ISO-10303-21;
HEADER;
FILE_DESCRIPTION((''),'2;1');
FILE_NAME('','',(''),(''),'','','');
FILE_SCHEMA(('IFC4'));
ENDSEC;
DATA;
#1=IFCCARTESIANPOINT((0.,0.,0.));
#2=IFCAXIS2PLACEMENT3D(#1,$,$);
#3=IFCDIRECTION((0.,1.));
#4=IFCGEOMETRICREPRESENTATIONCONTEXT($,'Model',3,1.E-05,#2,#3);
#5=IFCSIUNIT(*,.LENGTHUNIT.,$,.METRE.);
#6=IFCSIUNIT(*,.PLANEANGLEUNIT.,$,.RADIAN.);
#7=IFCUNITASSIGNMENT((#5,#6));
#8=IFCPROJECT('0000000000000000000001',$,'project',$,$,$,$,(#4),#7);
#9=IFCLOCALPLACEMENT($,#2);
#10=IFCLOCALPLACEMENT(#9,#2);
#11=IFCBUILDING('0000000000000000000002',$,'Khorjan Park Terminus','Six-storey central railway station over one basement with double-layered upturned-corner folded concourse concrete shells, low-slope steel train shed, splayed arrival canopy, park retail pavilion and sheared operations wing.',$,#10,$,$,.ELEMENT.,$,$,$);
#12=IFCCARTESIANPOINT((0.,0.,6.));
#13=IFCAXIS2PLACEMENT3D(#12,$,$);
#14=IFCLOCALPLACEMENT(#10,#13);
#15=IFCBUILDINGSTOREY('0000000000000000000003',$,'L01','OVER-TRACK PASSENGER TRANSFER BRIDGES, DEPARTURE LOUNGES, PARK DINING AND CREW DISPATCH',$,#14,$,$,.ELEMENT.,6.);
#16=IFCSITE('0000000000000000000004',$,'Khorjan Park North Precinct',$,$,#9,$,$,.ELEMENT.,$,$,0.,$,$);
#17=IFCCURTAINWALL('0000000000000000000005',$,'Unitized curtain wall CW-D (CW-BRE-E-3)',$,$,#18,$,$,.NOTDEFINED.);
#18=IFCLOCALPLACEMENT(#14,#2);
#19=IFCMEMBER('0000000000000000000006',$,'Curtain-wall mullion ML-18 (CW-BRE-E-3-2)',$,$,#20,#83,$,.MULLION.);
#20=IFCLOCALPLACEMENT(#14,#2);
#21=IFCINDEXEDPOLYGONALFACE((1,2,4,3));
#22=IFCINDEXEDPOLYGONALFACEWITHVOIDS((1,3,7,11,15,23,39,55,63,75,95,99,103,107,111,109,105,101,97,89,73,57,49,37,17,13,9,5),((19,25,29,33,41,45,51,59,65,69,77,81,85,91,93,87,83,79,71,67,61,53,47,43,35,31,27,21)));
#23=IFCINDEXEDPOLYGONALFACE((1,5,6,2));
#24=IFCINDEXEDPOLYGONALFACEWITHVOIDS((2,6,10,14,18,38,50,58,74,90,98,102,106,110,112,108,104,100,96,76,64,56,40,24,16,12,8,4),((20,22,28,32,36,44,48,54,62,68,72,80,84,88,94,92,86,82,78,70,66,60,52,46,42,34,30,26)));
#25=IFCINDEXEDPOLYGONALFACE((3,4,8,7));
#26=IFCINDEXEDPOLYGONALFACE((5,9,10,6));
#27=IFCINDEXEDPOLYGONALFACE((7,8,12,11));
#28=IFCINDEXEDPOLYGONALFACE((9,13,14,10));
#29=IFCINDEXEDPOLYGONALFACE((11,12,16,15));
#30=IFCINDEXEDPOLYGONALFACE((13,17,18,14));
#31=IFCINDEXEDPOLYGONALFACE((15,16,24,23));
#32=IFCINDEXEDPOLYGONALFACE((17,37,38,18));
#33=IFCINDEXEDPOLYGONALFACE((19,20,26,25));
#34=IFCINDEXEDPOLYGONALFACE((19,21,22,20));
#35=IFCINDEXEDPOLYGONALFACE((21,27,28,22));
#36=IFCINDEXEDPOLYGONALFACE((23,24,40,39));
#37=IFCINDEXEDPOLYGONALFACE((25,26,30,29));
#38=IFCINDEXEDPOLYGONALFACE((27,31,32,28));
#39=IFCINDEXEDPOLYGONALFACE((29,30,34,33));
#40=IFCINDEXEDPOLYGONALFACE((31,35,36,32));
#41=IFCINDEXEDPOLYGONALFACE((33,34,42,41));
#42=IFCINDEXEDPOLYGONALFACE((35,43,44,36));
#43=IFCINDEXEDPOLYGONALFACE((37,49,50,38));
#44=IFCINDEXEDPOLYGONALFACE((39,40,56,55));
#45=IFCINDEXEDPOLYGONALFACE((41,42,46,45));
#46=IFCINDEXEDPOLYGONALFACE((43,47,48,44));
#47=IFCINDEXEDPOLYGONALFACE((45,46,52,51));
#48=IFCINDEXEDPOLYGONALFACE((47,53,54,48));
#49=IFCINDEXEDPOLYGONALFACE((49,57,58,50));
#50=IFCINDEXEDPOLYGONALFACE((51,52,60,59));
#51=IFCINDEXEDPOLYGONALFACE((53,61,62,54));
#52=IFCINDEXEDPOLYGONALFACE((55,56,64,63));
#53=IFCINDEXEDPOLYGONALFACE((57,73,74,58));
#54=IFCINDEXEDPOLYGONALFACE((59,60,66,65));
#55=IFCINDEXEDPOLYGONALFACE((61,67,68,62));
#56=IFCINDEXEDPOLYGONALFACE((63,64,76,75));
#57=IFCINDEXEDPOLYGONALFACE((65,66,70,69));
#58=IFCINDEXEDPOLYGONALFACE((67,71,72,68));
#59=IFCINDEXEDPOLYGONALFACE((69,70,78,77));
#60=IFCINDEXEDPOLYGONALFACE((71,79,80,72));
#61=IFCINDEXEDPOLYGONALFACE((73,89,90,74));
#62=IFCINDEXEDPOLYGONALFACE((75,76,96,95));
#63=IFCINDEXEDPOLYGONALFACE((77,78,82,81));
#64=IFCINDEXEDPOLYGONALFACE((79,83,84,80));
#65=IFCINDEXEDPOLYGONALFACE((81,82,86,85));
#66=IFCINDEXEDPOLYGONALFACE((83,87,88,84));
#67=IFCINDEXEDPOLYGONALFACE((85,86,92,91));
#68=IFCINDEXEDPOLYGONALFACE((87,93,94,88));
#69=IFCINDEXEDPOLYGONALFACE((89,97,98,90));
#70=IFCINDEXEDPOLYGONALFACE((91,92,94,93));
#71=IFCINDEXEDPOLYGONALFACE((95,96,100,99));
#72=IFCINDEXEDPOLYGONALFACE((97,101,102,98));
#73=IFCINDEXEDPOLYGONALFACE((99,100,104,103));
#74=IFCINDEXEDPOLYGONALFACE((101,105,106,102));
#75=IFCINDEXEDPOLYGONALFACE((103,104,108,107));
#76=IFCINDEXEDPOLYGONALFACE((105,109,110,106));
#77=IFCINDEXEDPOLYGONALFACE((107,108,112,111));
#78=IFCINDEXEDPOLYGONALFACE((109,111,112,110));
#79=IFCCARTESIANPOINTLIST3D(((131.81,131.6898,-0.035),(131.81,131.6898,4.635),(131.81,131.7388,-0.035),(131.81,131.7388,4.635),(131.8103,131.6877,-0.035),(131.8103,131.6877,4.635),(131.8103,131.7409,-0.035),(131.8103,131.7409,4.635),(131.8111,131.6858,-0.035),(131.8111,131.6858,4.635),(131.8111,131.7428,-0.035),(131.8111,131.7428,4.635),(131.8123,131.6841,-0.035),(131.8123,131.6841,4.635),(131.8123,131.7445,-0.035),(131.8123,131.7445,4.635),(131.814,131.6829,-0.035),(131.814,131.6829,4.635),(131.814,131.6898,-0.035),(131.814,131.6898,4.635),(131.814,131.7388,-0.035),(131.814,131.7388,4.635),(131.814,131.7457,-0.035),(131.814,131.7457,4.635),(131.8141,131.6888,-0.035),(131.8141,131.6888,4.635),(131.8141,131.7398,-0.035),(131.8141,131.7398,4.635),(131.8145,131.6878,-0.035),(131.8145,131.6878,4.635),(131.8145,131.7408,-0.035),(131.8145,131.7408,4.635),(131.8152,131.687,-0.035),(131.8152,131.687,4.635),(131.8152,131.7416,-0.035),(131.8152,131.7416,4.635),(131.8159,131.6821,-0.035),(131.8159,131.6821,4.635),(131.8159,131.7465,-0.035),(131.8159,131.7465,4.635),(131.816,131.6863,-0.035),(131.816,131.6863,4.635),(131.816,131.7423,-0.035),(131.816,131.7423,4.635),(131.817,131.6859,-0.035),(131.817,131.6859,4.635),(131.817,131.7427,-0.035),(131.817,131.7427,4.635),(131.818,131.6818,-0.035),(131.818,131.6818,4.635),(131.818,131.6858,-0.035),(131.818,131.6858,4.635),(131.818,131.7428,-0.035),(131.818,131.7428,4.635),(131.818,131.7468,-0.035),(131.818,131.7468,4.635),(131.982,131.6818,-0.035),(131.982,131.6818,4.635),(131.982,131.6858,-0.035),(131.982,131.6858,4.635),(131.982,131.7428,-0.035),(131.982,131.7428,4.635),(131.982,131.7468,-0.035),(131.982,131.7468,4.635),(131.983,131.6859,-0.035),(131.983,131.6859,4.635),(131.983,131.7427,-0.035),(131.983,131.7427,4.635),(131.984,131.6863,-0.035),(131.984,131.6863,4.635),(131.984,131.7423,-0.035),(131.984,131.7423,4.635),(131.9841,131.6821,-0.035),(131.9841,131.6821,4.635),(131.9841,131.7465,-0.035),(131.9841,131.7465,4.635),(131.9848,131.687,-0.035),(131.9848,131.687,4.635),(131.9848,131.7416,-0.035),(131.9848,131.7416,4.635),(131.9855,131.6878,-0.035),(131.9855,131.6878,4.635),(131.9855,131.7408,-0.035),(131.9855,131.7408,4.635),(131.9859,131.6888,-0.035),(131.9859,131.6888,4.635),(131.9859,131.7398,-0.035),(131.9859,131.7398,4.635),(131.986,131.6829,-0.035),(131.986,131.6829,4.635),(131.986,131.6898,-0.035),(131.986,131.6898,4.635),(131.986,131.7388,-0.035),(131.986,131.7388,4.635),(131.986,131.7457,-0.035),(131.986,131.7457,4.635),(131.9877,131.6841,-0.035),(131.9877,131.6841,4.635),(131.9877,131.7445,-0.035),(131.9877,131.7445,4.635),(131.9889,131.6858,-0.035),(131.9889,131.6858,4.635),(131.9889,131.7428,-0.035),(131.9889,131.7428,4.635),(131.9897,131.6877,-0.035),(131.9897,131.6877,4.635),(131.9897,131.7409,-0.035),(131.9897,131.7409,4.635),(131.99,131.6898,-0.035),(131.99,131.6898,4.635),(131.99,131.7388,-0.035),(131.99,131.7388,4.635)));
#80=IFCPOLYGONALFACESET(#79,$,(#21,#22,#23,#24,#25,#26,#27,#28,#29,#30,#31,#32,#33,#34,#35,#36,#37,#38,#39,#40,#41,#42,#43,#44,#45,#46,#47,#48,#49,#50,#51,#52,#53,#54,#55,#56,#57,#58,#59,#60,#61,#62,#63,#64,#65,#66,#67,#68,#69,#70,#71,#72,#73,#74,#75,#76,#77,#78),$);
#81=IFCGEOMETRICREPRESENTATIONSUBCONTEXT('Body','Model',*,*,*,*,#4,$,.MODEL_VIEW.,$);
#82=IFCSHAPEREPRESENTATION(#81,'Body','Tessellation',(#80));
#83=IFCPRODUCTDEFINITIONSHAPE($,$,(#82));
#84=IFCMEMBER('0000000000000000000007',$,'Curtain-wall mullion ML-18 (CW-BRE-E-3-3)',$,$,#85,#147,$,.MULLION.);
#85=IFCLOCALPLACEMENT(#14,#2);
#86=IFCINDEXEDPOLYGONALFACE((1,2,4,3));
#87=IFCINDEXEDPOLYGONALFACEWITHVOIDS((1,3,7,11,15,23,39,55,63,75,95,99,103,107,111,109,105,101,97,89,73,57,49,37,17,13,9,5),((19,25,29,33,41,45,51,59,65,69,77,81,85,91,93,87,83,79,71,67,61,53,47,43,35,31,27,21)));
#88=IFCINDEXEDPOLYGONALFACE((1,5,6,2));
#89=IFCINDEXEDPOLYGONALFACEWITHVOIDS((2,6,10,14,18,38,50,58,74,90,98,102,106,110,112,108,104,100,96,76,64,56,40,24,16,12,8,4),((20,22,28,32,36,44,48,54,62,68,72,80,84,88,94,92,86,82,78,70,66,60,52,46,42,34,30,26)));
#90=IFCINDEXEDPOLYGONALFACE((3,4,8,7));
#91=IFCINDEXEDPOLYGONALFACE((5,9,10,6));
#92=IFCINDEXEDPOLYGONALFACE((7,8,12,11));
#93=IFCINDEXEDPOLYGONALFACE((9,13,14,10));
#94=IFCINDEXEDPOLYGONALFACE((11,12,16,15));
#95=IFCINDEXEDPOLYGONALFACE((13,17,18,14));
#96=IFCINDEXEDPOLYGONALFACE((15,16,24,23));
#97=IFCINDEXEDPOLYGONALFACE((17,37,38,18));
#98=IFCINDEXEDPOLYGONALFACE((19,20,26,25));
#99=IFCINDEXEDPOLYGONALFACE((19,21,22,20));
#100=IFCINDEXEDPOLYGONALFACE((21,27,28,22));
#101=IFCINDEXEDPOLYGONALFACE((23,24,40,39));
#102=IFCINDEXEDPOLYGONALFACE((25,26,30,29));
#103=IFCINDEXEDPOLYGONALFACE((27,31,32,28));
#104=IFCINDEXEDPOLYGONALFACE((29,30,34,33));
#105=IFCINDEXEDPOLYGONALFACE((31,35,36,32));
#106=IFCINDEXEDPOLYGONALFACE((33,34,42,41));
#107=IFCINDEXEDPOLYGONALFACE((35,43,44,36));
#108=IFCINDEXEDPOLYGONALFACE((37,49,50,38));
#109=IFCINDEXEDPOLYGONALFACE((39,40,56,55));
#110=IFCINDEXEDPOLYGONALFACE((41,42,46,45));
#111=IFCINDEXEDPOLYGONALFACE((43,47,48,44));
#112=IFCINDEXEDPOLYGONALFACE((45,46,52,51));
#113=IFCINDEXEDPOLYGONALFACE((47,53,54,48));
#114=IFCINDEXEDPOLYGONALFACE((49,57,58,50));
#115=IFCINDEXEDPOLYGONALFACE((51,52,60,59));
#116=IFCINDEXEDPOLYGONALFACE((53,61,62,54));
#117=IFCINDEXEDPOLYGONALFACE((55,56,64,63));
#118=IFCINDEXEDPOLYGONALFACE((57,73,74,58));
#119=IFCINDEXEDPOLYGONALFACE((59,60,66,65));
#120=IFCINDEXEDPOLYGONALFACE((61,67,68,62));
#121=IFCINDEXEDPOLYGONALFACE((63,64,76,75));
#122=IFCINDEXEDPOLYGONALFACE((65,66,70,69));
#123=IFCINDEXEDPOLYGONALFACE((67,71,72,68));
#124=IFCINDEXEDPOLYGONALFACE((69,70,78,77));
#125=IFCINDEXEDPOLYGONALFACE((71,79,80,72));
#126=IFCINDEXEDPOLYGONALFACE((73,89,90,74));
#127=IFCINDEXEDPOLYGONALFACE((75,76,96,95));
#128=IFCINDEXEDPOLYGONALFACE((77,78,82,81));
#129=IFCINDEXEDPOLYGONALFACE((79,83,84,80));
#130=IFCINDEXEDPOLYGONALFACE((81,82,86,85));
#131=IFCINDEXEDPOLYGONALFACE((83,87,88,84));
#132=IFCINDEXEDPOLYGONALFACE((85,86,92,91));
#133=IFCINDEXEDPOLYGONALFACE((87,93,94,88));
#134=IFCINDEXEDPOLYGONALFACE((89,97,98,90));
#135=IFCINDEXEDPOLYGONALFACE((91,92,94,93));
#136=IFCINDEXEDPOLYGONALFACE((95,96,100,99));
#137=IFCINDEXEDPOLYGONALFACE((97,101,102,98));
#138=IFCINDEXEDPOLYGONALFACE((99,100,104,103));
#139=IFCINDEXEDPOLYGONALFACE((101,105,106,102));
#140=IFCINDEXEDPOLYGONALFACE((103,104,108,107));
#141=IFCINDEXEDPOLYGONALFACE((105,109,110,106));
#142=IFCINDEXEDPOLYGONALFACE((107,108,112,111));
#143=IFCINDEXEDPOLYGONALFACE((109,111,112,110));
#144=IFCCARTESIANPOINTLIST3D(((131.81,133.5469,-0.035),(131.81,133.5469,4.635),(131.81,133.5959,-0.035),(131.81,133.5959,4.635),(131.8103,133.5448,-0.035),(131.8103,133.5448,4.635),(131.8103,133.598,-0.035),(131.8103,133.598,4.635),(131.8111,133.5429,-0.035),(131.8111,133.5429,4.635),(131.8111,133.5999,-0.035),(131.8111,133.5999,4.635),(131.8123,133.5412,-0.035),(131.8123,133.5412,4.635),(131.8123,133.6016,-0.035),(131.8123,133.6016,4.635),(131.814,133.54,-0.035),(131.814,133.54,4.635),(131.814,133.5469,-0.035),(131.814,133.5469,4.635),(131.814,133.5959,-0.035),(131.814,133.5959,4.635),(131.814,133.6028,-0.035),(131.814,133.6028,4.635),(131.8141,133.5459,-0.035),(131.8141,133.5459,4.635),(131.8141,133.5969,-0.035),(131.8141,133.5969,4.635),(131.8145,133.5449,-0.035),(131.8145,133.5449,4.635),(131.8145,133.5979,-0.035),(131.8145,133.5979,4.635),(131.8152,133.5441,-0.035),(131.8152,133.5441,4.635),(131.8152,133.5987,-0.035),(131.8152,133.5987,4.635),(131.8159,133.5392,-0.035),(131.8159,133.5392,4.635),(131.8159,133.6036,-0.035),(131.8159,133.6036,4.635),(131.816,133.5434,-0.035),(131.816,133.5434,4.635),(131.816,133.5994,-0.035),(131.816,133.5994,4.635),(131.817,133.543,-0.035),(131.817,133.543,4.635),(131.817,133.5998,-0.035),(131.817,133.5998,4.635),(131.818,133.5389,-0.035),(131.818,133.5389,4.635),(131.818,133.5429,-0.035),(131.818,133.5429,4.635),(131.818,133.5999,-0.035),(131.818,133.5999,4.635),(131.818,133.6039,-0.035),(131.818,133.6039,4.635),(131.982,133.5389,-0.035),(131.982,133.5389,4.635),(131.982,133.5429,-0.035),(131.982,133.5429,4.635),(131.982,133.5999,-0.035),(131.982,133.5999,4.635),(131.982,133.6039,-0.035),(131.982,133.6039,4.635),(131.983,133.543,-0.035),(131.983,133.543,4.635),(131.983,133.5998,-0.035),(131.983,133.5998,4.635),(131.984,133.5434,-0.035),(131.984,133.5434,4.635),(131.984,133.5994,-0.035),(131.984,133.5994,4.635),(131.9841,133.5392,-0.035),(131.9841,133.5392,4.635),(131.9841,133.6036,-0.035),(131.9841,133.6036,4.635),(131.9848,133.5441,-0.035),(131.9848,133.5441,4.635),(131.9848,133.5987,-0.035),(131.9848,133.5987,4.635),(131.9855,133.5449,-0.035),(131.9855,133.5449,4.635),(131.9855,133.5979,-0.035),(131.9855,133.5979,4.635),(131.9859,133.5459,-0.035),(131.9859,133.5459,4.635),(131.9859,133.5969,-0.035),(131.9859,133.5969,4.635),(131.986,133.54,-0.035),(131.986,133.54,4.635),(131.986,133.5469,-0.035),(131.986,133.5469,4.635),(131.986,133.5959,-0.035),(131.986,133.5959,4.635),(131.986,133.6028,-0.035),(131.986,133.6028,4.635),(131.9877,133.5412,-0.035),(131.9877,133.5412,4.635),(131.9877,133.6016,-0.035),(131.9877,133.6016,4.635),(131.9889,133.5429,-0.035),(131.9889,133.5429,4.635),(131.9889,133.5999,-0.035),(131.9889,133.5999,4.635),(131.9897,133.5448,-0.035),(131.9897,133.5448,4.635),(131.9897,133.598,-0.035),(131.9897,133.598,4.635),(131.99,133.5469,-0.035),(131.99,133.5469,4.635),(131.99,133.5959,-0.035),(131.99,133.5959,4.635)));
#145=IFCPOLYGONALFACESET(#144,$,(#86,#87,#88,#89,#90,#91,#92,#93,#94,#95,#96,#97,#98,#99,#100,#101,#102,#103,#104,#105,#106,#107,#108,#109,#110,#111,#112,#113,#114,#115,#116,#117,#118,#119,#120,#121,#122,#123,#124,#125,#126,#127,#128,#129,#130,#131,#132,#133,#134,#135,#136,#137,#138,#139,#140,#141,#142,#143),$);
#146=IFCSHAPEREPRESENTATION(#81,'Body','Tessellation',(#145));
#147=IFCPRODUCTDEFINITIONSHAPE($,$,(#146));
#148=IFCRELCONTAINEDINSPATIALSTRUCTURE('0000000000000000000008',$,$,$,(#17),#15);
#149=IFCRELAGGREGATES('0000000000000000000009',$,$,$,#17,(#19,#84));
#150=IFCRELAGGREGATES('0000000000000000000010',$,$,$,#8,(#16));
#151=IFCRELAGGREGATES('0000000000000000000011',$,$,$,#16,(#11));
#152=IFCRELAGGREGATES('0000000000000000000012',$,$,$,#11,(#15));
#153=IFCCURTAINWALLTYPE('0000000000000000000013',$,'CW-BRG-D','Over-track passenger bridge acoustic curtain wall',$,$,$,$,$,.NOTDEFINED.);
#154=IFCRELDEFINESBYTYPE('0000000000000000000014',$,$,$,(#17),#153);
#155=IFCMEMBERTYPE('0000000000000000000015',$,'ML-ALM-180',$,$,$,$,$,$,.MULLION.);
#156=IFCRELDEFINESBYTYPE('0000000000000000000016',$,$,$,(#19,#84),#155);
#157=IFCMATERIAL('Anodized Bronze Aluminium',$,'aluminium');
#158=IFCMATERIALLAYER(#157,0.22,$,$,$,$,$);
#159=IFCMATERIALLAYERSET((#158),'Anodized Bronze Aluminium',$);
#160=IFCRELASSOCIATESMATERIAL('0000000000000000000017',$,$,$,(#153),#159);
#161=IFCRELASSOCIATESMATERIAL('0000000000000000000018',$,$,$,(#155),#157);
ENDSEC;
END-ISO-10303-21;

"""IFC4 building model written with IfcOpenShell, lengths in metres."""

from ifc_helpers import new_model, si_unit, direction, frame, origin, origin_2d, place, context, subcontext, project, spatial, hollow_rectangle, extrude, material, layer, layer_set, material_profile, profile_set, type_object, element, aggregate, save


model = new_model("IFC4")

# Units and contexts
model_context = context("Model", 3, precision=1e-05, world=origin(), true_north=direction((0.0, 1.0)))
body_context = subcontext(model_context, "Body", "Model", "MODEL_VIEW")
ifc_project = project(units=[si_unit("LENGTHUNIT", "METRE"), si_unit("PLANEANGLEUNIT", "RADIAN")], contexts=[model_context])

# Site, building, storey
site_placement = place(None, origin())
site = spatial("IfcSite", under=ifc_project, at=site_placement, Name="Khorjan Park North Precinct", CompositionType="ELEMENT", RefElevation=0.0)
building_placement = place(site_placement, origin())
building = spatial("IfcBuilding", under=site, at=building_placement, Name="Khorjan Park Terminus", Description="Six-storey central railway station over one basement with double-layered upturned-corner folded concourse concrete shells, low-slope steel train shed, splayed arrival canopy, park retail pavilion and sheared operations wing.", CompositionType="ELEMENT")
storey_placement = place(building_placement, frame((0.0, 0.0, 6.0)))
storey = spatial("IfcBuildingStorey", under=building, at=storey_placement, Name="L01", Description="OVER-TRACK PASSENGER TRANSFER BRIDGES, DEPARTURE LOUNGES, PARK DINING AND CREW DISPATCH", CompositionType="ELEMENT", Elevation=6.0)

# Curtain wall, members
ifc_material_1 = material(Name="Anodized Bronze Aluminium", Category="aluminium")
ifc_layer_1 = layer(ifc_material_1, 0.22)
ifc_layer_set_1 = layer_set([ifc_layer_1], Name="Anodized Bronze Aluminium")
curtain_wall_type = type_object("IfcCurtainWallType", Name="CW-BRG-D", Description="Over-track passenger bridge acoustic curtain wall", PredefinedType="NOTDEFINED", material=ifc_layer_set_1)
curtain_wall_placement = place(storey_placement, origin())
curtain_wall = element("IfcCurtainWall", 1, at=curtain_wall_placement, inside=storey, type_object=curtain_wall_type, Name="Unitized curtain wall CW-D (CW-BRE-E-3)", PredefinedType="NOTDEFINED")
ifc_material_profile_1 = material_profile(ifc_material_1, hollow_rectangle(XDim=0.065, YDim=0.18, WallThickness=0.004, InnerFilletRadius=0.004, OuterFilletRadius=0.008, at=origin_2d()), Name="ALM 65x180x4")
ifc_profile_set_1 = profile_set([ifc_material_profile_1], Name="Anodized Bronze Aluminium")
member_type_1 = type_object("IfcMemberType", Name="ML-ALM-180", PredefinedType="MULLION", material=ifc_profile_set_1)
member_1_placement = place(storey_placement, frame((131.9, 131.7143, -0.035), z_axis=(0.0, 0.0, 1.0), x_axis=(0.0, 1.0, 0.0)))
member_1 = element("IfcMember", 2, at=member_1_placement, type_object=member_type_1, Name="Curtain-wall mullion ML-18 (CW-BRE-E-3-2)", PredefinedType="MULLION", context=body_context, shape_type="SweptSolid", body=[
    extrude(hollow_rectangle(XDim=0.065, YDim=0.18, WallThickness=0.004, InnerFilletRadius=0.004, OuterFilletRadius=0.008, at=origin_2d()), origin(), (0.0, 0.0, 1.0), 4.67),
])
member_2_placement = place(storey_placement, frame((131.9, 133.5714, -0.035), z_axis=(0.0, 0.0, 1.0), x_axis=(0.0, 1.0, 0.0)))
member_2 = element("IfcMember", 3, at=member_2_placement, type_object=member_type_1, Name="Curtain-wall mullion ML-18 (CW-BRE-E-3-3)", PredefinedType="MULLION", context=body_context, shape_type="SweptSolid", body=[
    extrude(hollow_rectangle(XDim=0.065, YDim=0.18, WallThickness=0.004, InnerFilletRadius=0.004, OuterFilletRadius=0.008, at=origin_2d()), origin(), (0.0, 0.0, 1.0), 4.67),
])
aggregate(curtain_wall, [member_1, member_2])

save(model, "model.ifc")
